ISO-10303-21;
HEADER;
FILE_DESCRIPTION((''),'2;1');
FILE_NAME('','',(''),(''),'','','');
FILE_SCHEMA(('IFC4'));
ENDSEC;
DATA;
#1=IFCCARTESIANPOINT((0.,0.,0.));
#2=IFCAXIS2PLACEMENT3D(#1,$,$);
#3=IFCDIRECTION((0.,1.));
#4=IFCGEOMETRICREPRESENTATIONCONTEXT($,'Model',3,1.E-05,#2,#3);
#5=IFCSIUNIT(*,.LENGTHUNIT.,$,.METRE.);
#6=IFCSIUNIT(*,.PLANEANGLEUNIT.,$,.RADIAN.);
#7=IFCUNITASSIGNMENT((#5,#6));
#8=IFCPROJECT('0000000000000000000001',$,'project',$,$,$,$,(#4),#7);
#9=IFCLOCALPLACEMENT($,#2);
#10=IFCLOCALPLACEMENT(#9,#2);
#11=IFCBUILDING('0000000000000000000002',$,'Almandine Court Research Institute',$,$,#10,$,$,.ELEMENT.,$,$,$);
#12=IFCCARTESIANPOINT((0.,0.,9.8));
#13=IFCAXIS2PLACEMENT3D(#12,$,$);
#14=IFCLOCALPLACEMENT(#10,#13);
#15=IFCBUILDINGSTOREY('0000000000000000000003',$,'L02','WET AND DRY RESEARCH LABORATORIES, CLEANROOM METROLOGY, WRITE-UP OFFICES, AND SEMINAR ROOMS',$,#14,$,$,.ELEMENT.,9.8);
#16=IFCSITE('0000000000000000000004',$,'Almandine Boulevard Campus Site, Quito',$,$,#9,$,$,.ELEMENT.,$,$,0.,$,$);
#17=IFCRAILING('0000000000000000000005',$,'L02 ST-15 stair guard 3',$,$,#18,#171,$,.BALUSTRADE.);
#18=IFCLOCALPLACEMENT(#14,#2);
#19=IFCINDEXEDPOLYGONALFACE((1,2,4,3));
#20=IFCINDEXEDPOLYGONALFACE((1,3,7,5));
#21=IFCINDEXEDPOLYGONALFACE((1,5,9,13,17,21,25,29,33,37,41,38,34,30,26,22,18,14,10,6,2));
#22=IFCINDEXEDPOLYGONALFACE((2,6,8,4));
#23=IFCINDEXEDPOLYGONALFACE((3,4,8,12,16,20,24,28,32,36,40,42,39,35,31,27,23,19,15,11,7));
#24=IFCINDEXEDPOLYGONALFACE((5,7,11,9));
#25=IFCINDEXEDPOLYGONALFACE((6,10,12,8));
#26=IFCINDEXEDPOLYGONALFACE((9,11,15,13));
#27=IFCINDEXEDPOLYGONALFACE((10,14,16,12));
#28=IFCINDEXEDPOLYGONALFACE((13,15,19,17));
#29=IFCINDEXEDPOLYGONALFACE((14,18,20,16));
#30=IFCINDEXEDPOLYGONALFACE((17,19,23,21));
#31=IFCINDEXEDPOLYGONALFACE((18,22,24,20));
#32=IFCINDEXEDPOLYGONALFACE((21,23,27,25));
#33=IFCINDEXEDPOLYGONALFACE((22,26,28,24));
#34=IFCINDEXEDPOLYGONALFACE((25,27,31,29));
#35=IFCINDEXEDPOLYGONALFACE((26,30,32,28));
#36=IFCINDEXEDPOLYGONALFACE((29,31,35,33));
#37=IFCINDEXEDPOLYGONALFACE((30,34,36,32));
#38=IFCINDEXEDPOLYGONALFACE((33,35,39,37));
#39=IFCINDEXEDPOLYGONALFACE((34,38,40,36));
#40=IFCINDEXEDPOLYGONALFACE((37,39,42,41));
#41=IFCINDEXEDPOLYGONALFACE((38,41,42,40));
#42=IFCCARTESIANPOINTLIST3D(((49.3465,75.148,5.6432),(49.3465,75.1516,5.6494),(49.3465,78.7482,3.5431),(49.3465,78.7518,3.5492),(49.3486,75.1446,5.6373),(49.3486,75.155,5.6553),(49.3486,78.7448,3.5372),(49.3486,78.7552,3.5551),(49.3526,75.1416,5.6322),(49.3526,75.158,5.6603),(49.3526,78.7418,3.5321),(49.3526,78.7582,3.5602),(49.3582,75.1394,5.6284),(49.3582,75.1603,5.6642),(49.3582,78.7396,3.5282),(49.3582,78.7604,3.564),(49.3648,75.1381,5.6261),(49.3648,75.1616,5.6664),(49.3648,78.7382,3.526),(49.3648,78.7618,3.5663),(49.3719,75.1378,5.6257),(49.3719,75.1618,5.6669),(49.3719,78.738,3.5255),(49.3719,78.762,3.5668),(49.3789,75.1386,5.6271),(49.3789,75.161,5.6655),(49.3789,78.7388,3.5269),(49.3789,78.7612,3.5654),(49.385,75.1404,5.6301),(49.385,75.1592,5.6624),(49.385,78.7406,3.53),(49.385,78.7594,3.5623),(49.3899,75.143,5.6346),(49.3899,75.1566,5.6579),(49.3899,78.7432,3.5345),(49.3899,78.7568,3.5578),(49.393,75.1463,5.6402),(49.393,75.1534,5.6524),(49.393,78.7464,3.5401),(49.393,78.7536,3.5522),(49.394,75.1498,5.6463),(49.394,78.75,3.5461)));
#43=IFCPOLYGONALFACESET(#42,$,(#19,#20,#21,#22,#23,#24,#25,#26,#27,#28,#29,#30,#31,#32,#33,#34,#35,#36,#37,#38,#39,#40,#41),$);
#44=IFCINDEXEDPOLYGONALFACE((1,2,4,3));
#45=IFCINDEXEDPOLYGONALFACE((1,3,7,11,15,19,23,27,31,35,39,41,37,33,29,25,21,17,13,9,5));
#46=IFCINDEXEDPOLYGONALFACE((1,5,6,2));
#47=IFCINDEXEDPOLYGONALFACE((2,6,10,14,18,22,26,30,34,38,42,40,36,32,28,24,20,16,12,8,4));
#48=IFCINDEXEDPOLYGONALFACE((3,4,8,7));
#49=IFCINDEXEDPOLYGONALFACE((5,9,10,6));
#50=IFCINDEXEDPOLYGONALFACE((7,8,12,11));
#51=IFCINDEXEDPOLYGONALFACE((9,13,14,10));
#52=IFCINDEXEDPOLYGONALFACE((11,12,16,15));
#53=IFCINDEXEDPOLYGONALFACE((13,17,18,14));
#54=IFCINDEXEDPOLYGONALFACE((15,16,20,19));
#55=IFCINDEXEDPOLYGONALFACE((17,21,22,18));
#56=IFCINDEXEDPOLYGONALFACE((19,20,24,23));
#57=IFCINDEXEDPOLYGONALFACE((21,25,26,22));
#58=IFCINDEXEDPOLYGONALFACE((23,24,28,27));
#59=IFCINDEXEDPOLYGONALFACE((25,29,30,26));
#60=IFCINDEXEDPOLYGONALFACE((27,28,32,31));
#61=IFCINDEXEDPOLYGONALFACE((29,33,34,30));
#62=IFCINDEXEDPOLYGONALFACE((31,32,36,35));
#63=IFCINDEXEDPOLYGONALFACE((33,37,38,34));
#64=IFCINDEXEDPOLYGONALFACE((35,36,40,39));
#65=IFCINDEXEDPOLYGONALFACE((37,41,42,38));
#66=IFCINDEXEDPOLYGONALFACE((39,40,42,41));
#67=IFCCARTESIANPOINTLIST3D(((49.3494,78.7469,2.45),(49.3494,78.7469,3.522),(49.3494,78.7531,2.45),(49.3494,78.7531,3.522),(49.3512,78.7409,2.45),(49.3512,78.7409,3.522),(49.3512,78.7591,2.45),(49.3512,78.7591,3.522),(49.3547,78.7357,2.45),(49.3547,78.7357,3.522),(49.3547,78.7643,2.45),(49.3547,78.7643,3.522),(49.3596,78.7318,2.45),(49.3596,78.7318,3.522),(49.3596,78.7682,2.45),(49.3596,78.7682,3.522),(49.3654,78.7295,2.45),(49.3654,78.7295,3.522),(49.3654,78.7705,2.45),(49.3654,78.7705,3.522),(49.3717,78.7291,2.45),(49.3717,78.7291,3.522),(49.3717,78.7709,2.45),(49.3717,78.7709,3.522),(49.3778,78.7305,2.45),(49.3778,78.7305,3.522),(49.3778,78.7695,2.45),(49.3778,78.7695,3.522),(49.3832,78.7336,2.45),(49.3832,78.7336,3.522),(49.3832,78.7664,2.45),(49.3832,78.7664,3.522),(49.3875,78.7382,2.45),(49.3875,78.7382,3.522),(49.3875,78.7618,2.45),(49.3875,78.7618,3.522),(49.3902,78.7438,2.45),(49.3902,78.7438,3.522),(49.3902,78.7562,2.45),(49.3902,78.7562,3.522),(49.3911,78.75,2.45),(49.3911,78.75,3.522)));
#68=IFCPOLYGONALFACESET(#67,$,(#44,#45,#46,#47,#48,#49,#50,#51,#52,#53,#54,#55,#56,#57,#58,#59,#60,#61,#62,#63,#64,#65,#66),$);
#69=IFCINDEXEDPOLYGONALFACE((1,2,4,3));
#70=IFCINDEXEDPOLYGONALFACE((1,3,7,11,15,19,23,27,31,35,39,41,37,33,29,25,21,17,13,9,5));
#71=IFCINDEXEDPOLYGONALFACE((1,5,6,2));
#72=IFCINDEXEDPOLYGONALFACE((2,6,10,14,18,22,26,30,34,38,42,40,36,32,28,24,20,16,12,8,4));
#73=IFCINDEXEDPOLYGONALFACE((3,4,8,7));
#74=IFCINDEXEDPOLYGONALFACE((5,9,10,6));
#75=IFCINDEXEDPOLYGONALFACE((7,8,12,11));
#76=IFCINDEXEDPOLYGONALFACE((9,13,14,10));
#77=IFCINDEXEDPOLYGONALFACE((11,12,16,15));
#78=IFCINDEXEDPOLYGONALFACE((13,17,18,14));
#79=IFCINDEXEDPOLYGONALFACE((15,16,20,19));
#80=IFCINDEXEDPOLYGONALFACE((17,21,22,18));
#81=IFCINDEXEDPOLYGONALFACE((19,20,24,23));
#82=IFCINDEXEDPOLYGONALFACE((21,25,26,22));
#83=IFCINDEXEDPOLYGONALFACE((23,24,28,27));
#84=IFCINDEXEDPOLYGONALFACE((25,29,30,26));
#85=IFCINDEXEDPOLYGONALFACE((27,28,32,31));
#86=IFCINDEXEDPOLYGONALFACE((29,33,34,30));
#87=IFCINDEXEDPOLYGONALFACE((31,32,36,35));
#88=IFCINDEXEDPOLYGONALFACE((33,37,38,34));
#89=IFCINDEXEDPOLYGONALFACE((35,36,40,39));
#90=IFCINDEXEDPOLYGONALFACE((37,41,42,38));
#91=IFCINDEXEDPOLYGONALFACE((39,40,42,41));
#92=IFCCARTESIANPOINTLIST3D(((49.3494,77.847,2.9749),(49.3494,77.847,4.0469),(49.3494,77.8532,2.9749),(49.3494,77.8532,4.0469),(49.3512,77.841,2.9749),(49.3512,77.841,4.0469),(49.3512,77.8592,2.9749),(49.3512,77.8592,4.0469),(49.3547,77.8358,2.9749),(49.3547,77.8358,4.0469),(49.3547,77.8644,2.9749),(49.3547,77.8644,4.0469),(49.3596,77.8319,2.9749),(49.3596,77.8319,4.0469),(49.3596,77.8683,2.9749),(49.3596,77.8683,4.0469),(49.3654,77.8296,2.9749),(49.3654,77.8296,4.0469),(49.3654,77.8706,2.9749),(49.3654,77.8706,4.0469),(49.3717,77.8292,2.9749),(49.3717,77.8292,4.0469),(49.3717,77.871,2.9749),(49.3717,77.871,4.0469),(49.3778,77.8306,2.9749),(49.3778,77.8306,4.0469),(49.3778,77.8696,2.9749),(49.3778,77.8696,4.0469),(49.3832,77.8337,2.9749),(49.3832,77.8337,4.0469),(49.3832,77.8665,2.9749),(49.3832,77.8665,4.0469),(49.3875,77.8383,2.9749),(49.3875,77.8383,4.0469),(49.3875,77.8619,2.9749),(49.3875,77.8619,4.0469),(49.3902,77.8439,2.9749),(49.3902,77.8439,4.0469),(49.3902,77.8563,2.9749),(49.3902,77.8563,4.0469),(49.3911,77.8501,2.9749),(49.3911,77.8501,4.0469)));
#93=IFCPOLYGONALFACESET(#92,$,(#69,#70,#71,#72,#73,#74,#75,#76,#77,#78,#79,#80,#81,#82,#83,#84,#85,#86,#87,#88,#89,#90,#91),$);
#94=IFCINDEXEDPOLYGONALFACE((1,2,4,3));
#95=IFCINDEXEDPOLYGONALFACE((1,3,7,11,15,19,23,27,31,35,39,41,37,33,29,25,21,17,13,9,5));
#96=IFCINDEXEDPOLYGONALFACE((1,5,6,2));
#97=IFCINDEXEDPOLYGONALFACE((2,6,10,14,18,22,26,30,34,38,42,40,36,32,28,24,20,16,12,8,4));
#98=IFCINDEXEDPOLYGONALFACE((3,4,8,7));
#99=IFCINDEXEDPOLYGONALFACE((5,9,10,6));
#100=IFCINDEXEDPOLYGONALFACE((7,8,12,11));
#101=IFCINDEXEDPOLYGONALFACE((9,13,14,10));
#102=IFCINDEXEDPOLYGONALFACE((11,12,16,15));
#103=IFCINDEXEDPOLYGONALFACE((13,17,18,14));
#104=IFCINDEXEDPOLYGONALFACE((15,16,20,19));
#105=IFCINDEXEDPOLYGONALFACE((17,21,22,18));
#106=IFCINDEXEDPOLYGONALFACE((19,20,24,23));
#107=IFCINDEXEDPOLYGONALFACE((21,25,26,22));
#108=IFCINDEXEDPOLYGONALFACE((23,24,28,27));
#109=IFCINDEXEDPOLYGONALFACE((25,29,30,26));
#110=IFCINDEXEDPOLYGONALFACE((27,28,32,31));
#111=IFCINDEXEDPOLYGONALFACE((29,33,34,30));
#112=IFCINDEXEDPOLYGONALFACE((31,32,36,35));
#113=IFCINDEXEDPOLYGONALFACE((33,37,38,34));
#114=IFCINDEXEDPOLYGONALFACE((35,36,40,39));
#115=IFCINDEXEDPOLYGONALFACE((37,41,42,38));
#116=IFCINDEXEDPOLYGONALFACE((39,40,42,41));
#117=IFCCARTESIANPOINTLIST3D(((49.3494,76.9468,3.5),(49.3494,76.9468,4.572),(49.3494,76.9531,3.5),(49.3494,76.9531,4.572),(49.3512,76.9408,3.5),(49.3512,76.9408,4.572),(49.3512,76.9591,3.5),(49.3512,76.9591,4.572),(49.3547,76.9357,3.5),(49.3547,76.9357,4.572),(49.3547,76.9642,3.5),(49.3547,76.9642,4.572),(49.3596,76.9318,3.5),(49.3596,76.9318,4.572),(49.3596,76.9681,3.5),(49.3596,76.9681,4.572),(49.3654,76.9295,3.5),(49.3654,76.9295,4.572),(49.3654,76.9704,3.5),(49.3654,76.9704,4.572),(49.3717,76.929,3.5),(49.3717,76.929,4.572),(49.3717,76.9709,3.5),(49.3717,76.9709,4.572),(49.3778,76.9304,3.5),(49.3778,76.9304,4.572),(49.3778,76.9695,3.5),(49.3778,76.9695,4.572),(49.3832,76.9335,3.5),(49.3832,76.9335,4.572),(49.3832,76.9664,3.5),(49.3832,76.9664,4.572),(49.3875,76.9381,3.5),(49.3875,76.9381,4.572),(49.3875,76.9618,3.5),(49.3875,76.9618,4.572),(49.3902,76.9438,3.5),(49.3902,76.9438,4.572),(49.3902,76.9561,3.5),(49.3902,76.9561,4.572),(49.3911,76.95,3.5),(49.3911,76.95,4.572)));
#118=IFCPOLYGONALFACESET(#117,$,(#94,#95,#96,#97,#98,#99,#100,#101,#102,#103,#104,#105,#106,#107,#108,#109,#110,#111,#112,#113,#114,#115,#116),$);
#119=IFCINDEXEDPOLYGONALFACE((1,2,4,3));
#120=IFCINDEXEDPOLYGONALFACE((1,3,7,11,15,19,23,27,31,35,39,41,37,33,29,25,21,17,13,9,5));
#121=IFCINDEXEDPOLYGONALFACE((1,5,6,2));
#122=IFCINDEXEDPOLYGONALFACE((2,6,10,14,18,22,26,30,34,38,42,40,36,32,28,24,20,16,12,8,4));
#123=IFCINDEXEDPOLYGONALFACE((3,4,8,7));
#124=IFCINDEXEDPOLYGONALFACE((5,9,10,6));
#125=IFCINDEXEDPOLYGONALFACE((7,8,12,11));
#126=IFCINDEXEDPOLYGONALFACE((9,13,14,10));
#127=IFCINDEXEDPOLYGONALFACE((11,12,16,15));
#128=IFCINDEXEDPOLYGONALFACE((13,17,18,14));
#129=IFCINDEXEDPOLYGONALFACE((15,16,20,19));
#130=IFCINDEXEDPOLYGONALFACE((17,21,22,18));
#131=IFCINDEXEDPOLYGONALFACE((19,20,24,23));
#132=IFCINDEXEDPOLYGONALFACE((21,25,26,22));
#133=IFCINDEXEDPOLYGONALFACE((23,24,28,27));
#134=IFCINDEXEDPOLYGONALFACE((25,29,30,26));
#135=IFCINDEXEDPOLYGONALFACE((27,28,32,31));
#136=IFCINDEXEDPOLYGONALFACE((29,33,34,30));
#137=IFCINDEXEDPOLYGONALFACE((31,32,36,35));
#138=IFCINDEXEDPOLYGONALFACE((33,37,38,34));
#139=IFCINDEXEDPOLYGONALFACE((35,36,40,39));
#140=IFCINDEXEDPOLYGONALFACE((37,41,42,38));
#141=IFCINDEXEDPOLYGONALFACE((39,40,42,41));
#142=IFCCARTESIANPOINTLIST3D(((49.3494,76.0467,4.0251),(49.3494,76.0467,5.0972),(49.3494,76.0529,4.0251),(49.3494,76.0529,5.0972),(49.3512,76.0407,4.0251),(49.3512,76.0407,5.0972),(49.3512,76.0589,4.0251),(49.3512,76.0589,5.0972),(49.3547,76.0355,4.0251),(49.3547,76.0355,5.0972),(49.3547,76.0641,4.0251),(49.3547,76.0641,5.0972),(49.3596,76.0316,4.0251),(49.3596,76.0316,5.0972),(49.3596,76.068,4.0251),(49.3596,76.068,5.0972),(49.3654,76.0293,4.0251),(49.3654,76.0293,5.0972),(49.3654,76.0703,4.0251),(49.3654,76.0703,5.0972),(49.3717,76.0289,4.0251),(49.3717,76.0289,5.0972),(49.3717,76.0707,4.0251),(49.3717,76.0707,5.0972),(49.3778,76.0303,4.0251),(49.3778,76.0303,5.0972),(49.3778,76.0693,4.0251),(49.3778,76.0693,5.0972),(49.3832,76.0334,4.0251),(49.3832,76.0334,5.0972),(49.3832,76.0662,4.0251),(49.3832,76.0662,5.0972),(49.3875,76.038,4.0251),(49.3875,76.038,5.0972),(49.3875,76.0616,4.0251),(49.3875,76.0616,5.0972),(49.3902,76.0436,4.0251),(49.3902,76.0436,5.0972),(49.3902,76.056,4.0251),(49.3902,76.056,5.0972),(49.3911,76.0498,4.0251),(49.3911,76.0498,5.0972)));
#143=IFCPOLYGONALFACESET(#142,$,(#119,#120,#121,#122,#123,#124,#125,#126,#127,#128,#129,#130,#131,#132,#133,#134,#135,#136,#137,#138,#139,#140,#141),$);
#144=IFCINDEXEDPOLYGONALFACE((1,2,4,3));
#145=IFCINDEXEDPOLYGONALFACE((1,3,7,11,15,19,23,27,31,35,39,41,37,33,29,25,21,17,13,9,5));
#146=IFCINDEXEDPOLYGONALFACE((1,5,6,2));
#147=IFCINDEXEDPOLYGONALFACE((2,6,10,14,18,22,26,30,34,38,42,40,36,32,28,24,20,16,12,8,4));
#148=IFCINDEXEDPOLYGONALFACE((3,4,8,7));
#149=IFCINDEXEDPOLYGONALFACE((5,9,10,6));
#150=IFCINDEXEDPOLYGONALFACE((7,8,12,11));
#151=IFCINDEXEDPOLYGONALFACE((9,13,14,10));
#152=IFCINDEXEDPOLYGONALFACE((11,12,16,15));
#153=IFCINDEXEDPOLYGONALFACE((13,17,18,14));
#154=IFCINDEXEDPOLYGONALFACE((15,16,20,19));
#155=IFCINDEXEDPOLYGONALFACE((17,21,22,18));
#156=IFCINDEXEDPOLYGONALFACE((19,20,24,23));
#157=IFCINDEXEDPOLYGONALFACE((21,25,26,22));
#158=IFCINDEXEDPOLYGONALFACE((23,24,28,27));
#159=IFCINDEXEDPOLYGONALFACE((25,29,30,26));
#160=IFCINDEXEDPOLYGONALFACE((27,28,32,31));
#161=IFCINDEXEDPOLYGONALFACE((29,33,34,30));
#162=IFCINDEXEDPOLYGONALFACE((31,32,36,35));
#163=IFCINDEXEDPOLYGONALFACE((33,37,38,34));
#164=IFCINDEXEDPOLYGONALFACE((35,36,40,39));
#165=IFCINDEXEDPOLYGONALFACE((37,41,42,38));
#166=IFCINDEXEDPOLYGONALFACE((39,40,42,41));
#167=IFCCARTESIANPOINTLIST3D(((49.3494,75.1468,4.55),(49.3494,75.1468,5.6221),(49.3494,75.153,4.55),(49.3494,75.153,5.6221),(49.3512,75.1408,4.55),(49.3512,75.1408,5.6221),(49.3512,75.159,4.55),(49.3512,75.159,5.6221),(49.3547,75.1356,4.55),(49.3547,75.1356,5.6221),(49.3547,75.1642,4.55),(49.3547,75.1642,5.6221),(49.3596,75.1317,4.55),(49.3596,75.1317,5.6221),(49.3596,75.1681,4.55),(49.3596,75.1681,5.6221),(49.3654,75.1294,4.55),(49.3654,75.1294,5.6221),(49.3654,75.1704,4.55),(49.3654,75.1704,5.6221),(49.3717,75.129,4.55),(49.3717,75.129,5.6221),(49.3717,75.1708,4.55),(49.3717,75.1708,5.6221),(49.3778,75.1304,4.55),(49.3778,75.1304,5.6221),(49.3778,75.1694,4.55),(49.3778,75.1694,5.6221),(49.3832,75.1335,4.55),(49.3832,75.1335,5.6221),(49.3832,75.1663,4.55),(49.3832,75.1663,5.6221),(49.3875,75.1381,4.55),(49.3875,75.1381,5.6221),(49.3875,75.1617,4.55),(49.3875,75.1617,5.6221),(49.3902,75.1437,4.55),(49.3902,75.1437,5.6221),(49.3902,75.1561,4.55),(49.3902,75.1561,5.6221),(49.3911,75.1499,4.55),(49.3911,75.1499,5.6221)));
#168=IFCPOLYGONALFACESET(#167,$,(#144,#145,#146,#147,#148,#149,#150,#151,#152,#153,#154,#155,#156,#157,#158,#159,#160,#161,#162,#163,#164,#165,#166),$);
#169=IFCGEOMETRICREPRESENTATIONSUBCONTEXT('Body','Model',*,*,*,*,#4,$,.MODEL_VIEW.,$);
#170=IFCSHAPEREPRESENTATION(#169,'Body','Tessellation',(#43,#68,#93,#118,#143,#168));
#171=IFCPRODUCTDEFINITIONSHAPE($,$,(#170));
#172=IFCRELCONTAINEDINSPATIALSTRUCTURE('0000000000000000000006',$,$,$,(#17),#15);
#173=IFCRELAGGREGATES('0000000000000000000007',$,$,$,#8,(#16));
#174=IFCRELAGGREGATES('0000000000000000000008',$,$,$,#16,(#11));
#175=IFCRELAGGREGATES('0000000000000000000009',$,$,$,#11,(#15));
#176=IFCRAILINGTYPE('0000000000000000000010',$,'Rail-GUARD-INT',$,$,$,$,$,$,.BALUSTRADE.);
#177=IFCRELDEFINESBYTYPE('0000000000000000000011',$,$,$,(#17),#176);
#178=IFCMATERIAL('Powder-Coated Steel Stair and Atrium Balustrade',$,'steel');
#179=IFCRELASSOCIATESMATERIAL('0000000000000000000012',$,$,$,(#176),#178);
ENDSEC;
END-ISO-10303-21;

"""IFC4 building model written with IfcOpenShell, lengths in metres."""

from ifc_helpers import new_model, si_unit, direction, frame, origin, origin_2d, place, context, subcontext, project, spatial, circle, extrude, material, type_object, element, save


model = new_model("IFC4")

# Units and contexts
model_context = context("Model", 3, precision=1e-05, world=origin(), true_north=direction((0.0, 1.0)))
body_context = subcontext(model_context, "Body", "Model", "MODEL_VIEW")
ifc_project = project(units=[si_unit("LENGTHUNIT", "METRE"), si_unit("PLANEANGLEUNIT", "RADIAN")], contexts=[model_context])

# Site, building, storey
site_placement = place(None, origin())
site = spatial("IfcSite", under=ifc_project, at=site_placement, Name="Almandine Boulevard Campus Site, Quito", CompositionType="ELEMENT", RefElevation=0.0)
building_placement = place(site_placement, origin())
building = spatial("IfcBuilding", under=site, at=building_placement, Name="Almandine Court Research Institute", CompositionType="ELEMENT")
storey_placement = place(building_placement, frame((0.0, 0.0, 9.8)))
storey = spatial("IfcBuildingStorey", under=building, at=storey_placement, Name="L02", Description="WET AND DRY RESEARCH LABORATORIES, CLEANROOM METROLOGY, WRITE-UP OFFICES, AND SEMINAR ROOMS", CompositionType="ELEMENT", Elevation=9.8)

# Railing
ifc_material_1 = material(Name="Powder-Coated Steel Stair and Atrium Balustrade", Category="steel")
railing_type_1 = type_object("IfcRailingType", Name="Rail-GUARD-INT", PredefinedType="BALUSTRADE", material=ifc_material_1)
railing_1_placement = place(storey_placement, frame((49.3701, 78.75, 2.45)))
element("IfcRailing", 1, at=railing_1_placement, inside=storey, type_object=railing_type_1, Name="L02 ST-15 stair guard 3", PredefinedType="BALUSTRADE", context=body_context, shape_type="SweptSolid", body=[
    extrude(circle(Radius=0.0239, at=origin_2d()), frame((0.0, 0.0, 1.0962), z_axis=(0.0, -0.863775, 0.503878), x_axis=(1.0, 0.0, 0.0)), (0.0, 0.0, 1.0), 4.168),
    extrude(circle(Radius=0.021, at=origin_2d()), origin(), (0.0, 0.0, 1.0), 1.072),
    extrude(circle(Radius=0.021, at=origin_2d()), frame((0.0, -0.8999, 0.5249)), (0.0, 0.0, 1.0), 1.072),
    extrude(circle(Radius=0.021, at=origin_2d()), frame((0.0, -1.8, 1.05)), (0.0, 0.0, 1.0), 1.072),
    extrude(circle(Radius=0.021, at=origin_2d()), frame((0.0, -2.7002, 1.5752)), (0.0, 0.0, 1.0), 1.072),
    extrude(circle(Radius=0.021, at=origin_2d()), frame((0.0, -3.6001, 2.1001)), (0.0, 0.0, 1.0), 1.072),
])

save(model, "model.ifc")
